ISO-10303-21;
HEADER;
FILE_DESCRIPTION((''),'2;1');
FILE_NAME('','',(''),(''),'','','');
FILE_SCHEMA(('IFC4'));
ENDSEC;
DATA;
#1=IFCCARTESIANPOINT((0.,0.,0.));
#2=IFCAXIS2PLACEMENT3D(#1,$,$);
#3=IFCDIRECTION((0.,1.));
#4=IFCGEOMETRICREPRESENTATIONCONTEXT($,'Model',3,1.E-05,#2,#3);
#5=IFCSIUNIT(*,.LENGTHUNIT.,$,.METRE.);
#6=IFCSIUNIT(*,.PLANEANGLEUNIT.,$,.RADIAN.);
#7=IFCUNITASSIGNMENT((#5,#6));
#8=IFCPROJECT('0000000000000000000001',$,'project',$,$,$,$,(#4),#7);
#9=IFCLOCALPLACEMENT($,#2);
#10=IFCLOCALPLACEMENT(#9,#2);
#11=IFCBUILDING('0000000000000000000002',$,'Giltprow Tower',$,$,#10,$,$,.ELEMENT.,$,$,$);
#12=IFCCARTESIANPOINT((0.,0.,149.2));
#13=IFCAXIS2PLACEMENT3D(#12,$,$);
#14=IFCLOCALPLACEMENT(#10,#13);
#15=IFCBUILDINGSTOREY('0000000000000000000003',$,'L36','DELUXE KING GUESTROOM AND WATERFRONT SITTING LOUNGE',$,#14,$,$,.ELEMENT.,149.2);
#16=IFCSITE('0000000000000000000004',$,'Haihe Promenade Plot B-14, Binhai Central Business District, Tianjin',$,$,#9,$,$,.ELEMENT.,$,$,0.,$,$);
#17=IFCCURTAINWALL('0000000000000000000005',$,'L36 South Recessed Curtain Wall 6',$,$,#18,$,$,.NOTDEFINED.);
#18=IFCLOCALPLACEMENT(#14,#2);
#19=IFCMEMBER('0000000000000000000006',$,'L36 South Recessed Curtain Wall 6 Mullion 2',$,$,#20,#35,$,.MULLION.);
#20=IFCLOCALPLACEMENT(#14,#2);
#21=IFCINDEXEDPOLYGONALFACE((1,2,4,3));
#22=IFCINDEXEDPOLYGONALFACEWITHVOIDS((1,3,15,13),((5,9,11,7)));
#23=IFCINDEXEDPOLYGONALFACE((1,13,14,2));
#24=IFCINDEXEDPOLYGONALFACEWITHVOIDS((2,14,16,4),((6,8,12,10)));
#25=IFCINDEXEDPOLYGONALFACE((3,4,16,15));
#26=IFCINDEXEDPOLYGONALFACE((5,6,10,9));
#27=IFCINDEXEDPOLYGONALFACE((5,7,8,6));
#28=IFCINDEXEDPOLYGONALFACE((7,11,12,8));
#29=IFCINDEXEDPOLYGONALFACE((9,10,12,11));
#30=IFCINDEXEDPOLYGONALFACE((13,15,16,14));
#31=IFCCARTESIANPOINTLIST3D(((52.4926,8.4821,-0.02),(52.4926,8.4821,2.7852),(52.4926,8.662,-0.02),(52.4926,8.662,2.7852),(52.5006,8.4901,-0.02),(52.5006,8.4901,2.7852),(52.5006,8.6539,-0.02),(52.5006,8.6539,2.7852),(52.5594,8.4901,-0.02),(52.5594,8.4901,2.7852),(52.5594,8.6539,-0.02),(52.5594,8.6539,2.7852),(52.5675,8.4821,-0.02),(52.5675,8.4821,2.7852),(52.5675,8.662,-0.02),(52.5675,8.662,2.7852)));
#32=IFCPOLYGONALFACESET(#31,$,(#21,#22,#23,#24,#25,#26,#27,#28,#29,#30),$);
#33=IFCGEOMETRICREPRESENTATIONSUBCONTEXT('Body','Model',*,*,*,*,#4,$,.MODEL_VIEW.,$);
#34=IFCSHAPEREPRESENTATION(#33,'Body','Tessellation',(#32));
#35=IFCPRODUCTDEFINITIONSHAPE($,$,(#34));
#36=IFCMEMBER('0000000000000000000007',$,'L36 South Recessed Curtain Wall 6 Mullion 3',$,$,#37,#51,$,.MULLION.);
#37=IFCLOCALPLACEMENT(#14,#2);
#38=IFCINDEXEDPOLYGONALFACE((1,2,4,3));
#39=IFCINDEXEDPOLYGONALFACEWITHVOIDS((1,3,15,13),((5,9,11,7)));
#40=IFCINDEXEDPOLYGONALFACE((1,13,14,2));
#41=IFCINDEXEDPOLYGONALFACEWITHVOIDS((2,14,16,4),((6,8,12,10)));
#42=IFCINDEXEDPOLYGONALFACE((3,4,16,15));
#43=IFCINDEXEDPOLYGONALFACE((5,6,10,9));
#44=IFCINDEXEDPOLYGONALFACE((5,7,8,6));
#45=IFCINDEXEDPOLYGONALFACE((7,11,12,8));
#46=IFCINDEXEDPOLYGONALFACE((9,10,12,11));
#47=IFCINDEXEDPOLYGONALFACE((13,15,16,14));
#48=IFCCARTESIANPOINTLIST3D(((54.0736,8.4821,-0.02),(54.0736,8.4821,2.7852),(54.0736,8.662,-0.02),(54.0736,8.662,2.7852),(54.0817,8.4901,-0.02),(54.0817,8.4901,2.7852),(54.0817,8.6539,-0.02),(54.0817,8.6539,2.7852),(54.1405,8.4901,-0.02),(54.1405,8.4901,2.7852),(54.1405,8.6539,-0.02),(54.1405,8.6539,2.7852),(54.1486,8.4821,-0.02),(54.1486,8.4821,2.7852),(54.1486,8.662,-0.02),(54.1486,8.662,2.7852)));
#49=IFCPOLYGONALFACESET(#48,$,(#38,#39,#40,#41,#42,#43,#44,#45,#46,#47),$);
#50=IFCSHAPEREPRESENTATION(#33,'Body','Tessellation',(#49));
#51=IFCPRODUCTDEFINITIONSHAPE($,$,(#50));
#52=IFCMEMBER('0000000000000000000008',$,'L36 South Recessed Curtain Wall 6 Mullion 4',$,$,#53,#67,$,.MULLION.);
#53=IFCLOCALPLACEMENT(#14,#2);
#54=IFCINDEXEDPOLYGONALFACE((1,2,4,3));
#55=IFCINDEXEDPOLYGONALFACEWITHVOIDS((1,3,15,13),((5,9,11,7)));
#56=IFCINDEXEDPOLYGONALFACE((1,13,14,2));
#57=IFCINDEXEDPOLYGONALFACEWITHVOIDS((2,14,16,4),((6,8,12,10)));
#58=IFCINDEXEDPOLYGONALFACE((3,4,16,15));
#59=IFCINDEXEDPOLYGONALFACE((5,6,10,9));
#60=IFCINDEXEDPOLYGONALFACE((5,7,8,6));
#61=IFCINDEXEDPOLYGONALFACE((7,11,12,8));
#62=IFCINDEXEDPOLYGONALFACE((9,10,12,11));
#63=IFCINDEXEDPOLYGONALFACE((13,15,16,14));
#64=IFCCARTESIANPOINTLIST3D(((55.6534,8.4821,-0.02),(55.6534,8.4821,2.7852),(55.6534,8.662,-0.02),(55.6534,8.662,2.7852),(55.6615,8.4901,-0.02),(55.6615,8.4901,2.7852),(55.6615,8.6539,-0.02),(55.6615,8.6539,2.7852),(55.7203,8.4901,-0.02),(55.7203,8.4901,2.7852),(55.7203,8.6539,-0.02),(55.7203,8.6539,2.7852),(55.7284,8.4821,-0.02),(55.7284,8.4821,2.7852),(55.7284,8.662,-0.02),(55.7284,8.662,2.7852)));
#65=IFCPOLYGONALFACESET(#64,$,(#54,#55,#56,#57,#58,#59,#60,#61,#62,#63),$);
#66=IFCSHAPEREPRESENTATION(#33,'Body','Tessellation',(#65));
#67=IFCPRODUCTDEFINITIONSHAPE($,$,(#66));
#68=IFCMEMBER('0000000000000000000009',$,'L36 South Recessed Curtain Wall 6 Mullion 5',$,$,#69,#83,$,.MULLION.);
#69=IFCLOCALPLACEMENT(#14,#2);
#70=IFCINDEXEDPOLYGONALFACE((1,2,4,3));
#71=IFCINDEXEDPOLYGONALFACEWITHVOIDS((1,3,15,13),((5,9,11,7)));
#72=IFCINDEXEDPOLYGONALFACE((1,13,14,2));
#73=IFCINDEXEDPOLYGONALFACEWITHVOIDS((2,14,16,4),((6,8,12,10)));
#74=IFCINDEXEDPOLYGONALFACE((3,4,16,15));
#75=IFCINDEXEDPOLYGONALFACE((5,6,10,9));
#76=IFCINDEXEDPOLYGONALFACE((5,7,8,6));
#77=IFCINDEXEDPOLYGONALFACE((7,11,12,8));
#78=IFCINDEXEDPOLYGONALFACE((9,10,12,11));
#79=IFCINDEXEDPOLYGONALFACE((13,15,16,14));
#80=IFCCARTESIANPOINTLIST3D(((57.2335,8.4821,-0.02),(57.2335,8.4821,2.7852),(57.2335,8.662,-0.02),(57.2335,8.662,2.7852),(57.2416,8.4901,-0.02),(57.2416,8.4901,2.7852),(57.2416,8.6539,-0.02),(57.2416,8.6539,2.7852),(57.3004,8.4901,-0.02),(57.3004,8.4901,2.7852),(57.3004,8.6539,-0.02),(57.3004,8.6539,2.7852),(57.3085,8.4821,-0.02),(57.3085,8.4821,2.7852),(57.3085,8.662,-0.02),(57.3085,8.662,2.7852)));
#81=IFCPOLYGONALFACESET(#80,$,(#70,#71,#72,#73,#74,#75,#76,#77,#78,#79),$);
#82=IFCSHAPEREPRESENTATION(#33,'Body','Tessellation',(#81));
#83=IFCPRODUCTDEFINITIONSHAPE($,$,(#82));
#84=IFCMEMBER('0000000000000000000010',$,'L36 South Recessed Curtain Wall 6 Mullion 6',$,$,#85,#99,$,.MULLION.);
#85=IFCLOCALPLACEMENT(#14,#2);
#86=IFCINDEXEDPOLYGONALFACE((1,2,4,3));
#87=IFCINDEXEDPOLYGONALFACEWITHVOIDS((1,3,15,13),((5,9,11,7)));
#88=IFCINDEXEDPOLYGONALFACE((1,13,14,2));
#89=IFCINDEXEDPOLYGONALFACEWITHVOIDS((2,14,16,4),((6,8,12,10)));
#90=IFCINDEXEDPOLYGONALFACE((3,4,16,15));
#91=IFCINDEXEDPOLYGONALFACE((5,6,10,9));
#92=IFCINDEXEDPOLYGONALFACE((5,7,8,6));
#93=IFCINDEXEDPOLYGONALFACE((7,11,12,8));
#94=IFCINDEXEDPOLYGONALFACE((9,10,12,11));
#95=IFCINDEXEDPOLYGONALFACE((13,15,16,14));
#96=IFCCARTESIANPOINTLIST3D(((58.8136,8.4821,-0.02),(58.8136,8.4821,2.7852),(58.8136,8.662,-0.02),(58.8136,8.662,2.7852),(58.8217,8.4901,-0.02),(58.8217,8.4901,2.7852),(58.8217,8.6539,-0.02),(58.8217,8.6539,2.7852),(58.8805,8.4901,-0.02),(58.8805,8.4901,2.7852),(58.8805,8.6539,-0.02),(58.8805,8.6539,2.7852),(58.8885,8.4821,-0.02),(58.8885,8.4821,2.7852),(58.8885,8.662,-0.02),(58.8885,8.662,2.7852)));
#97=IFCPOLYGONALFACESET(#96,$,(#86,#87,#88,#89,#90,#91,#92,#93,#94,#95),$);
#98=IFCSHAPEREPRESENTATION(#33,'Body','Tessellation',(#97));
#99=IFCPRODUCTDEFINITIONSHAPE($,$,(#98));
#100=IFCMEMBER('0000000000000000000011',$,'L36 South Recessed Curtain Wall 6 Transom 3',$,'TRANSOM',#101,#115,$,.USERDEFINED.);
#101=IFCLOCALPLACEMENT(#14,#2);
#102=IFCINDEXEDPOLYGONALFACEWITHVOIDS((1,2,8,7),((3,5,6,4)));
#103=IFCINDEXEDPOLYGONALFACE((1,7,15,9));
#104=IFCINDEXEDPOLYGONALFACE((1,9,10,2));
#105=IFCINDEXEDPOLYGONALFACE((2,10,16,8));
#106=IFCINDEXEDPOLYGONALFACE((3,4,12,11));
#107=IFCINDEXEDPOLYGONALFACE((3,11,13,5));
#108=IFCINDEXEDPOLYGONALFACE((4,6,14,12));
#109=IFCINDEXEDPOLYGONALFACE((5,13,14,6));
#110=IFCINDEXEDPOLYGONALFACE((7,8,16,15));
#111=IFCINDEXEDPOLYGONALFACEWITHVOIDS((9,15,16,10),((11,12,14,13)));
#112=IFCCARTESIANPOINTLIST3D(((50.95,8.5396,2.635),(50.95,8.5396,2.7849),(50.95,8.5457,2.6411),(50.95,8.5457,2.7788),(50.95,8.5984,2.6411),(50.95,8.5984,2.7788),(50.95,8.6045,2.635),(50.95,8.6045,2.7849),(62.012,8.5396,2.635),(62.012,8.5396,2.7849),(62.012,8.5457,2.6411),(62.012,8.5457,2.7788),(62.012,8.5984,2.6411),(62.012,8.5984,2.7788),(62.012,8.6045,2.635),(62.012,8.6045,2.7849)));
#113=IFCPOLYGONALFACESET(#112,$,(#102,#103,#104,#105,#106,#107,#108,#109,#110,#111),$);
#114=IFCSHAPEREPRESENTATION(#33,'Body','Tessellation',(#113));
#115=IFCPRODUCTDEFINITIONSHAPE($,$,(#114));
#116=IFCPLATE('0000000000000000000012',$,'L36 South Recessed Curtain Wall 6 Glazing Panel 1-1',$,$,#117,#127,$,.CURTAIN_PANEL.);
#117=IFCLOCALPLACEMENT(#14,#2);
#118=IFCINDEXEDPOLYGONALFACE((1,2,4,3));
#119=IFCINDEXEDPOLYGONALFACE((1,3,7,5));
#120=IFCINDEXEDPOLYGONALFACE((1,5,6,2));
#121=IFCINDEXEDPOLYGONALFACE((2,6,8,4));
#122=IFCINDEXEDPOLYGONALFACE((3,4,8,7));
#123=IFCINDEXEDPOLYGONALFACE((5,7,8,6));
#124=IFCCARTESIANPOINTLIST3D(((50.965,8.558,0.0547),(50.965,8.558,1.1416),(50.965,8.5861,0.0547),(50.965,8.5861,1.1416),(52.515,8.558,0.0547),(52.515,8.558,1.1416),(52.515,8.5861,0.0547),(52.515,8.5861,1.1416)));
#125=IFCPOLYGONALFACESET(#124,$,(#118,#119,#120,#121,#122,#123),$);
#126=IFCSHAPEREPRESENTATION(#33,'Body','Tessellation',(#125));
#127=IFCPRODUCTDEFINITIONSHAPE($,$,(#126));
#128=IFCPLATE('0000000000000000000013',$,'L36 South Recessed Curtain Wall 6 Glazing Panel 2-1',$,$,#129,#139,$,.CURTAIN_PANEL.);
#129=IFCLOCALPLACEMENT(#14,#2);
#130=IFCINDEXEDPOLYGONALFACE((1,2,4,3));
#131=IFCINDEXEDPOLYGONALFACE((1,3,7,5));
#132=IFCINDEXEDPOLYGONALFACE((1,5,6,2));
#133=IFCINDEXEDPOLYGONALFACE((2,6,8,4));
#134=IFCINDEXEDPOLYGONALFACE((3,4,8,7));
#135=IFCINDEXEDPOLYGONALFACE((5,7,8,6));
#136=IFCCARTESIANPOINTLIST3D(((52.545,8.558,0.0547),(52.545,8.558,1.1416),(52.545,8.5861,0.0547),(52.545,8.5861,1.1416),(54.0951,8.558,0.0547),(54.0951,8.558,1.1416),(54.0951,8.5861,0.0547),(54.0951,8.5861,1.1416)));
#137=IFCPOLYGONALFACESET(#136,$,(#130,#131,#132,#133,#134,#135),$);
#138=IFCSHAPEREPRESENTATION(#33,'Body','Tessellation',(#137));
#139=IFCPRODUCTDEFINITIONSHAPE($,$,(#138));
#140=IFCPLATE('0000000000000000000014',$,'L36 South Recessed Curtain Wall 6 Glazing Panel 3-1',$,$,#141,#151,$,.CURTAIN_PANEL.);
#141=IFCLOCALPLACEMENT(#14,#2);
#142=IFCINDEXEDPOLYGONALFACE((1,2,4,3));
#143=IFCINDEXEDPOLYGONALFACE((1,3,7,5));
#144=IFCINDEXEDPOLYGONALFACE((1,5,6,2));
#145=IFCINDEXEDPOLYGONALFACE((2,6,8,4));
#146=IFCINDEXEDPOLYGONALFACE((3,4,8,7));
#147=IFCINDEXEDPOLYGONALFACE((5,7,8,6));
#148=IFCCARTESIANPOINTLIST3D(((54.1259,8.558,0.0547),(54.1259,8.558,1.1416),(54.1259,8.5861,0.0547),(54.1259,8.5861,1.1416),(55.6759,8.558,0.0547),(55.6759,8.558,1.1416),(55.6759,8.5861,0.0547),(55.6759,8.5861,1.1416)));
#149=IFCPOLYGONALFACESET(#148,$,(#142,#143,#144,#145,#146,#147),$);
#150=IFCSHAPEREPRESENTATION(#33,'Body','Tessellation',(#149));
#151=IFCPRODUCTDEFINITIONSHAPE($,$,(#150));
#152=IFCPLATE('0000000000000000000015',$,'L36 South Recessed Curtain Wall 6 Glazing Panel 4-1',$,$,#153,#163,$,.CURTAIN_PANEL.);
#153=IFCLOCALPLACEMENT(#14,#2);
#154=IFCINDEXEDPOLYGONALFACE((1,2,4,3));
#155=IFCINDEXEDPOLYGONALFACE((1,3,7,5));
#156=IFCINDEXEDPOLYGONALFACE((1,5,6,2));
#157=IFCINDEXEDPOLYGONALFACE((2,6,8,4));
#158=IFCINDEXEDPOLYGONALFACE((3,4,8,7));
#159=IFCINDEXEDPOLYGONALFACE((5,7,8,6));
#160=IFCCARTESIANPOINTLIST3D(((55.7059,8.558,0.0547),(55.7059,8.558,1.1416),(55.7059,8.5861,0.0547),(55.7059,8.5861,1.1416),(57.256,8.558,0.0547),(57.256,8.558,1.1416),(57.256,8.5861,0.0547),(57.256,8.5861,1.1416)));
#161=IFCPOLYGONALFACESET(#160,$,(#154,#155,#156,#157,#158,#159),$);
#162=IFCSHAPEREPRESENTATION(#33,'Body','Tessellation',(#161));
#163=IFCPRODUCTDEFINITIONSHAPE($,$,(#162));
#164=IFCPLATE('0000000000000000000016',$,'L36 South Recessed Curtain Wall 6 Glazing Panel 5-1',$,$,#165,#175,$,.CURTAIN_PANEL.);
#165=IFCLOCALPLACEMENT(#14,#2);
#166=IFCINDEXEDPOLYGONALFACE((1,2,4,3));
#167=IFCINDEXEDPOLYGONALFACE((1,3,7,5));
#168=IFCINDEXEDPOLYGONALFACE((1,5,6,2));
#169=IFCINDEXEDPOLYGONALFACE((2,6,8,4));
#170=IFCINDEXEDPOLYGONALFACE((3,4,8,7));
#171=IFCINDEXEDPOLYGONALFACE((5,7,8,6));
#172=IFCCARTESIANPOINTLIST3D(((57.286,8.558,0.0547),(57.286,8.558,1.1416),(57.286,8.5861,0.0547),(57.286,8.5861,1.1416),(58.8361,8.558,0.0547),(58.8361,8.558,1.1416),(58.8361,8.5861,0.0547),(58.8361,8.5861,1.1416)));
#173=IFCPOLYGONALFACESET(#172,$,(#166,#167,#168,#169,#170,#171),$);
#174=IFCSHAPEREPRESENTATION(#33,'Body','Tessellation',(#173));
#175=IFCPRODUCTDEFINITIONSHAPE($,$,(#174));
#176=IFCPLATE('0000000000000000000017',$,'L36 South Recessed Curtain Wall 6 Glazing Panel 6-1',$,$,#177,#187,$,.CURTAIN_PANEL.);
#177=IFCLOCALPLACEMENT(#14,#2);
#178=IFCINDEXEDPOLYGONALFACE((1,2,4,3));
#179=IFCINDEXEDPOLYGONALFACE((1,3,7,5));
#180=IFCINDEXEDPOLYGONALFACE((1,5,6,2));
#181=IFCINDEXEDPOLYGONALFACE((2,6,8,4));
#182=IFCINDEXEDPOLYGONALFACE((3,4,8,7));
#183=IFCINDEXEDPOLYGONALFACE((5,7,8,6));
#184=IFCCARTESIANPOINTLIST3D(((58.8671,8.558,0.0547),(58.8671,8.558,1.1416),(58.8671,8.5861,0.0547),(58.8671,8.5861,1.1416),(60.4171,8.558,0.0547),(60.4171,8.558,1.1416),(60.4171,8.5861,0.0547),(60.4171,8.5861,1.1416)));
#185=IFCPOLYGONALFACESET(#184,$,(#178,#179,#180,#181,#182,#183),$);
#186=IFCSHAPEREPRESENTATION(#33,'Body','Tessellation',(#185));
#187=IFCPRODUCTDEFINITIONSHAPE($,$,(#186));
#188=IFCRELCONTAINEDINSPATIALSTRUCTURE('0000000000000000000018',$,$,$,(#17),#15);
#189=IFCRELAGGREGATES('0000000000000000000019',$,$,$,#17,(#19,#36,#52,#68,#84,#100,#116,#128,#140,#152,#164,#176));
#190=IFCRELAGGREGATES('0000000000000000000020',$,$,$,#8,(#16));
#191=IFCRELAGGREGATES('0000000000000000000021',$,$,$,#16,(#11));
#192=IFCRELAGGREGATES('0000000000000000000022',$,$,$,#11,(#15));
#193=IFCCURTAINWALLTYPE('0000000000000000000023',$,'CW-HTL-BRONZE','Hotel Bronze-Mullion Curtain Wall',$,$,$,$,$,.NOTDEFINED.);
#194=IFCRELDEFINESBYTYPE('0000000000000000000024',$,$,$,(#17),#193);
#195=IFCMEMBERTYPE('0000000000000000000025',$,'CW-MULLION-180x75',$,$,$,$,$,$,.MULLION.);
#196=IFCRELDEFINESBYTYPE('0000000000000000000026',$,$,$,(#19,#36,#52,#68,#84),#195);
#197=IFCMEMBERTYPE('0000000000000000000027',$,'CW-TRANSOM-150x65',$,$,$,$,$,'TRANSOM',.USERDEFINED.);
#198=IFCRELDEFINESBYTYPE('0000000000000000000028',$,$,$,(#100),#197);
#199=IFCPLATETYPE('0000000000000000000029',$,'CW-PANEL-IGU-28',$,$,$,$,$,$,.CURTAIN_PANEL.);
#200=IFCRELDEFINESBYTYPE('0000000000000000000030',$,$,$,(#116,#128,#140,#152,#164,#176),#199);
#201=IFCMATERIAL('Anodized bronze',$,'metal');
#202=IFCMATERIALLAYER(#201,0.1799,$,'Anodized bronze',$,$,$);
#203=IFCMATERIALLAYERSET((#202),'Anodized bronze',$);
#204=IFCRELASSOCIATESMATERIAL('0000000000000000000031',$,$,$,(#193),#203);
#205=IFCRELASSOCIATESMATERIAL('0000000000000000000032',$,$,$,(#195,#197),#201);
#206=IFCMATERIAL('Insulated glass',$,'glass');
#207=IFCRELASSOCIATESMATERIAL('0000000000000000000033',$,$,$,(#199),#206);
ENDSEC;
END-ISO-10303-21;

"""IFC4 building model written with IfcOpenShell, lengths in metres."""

from ifc_helpers import new_model, si_unit, direction, frame, origin, origin_2d, place, context, subcontext, project, spatial, rectangle, hollow_rectangle, extrude, source, transform, mapped, material, layer, layer_set, material_profile, profile_set, type_object, element, aggregate, save


model = new_model("IFC4")

# Units and contexts
model_context = context("Model", 3, precision=1e-05, world=origin(), true_north=direction((0.0, 1.0)))
body_context = subcontext(model_context, "Body", "Model", "MODEL_VIEW")
ifc_project = project(units=[si_unit("LENGTHUNIT", "METRE"), si_unit("PLANEANGLEUNIT", "RADIAN")], contexts=[model_context])

# Site, building, storey
site_placement = place(None, origin())
site = spatial("IfcSite", under=ifc_project, at=site_placement, Name="Haihe Promenade Plot B-14, Binhai Central Business District, Tianjin", CompositionType="ELEMENT", RefElevation=0.0)
building_placement = place(site_placement, origin())
building = spatial("IfcBuilding", under=site, at=building_placement, Name="Giltprow Tower", CompositionType="ELEMENT")
storey_placement = place(building_placement, frame((0.0, 0.0, 149.2)))
storey = spatial("IfcBuildingStorey", under=building, at=storey_placement, Name="L36", Description="DELUXE KING GUESTROOM AND WATERFRONT SITTING LOUNGE", CompositionType="ELEMENT", Elevation=149.2)

# Curtain wall, members, plates
ifc_material_1 = material(Name="Anodized bronze", Category="metal")
ifc_layer = layer(ifc_material_1, 0.1799, Name="Anodized bronze")
ifc_layer_set = layer_set([ifc_layer], Name="Anodized bronze")
curtain_wall_type = type_object("IfcCurtainWallType", Name="CW-HTL-BRONZE", Description="Hotel Bronze-Mullion Curtain Wall", PredefinedType="NOTDEFINED", material=ifc_layer_set)
curtain_wall_placement = place(storey_placement, origin())
curtain_wall = element("IfcCurtainWall", 1, at=curtain_wall_placement, inside=storey, type_object=curtain_wall_type, Name="L36 South Recessed Curtain Wall 6", PredefinedType="NOTDEFINED")
ifc_material_profile_1 = material_profile(ifc_material_1, hollow_rectangle(XDim=0.075, YDim=0.1799, WallThickness=0.0081, at=origin_2d()), Name="RHS 180x75x8")
ifc_profile_set_1 = profile_set([ifc_material_profile_1], Name="Anodized bronze")
member_type_1 = type_object("IfcMemberType", Name="CW-MULLION-180x75", PredefinedType="MULLION", material=ifc_profile_set_1)
shared_shape_1 = source(origin(), body_context, "Body", "SweptSolid", [
    extrude(hollow_rectangle(XDim=0.075, YDim=0.1799, WallThickness=0.0081, at=origin_2d()), origin(), (0.0, 0.0, 1.0), 2.8052),
])
member_1_placement = place(storey_placement, frame((52.53, 8.572, -0.02), z_axis=(0.0, 0.0, 1.0), x_axis=(1.0, 0.0, 0.0)))
member_1 = element("IfcMember", 2, at=member_1_placement, type_object=member_type_1, Name="L36 South Recessed Curtain Wall 6 Mullion 2", PredefinedType="MULLION", context=body_context, shape_type="MappedRepresentation", body=[
    mapped(shared_shape_1, transform((0.0, 0.0, 0.0), x_axis=(1.0, 0.0, 0.0), y_axis=(0.0, 1.0, 0.0), z_axis=(0.0, 0.0, 1.0), scale=1.0)),
])
member_2_placement = place(storey_placement, frame((54.1111, 8.572, -0.02), z_axis=(0.0, 0.0, 1.0), x_axis=(1.0, 0.0, 0.0)))
member_2 = element("IfcMember", 3, at=member_2_placement, type_object=member_type_1, Name="L36 South Recessed Curtain Wall 6 Mullion 3", PredefinedType="MULLION", context=body_context, shape_type="MappedRepresentation", body=[
    mapped(shared_shape_1, transform((0.0, 0.0, 0.0), x_axis=(1.0, 0.0, 0.0), y_axis=(0.0, 1.0, 0.0), z_axis=(0.0, 0.0, 1.0), scale=1.0)),
])
member_3_placement = place(storey_placement, frame((55.6909, 8.572, -0.02), z_axis=(0.0, 0.0, 1.0), x_axis=(1.0, 0.0, 0.0)))
member_3 = element("IfcMember", 4, at=member_3_placement, type_object=member_type_1, Name="L36 South Recessed Curtain Wall 6 Mullion 4", PredefinedType="MULLION", context=body_context, shape_type="MappedRepresentation", body=[
    mapped(shared_shape_1, transform((0.0, 0.0, 0.0), x_axis=(1.0, 0.0, 0.0), y_axis=(0.0, 1.0, 0.0), z_axis=(0.0, 0.0, 1.0), scale=1.0)),
])
member_4_placement = place(storey_placement, frame((57.271, 8.572, -0.02), z_axis=(0.0, 0.0, 1.0), x_axis=(1.0, 0.0, 0.0)))
member_4 = element("IfcMember", 5, at=member_4_placement, type_object=member_type_1, Name="L36 South Recessed Curtain Wall 6 Mullion 5", PredefinedType="MULLION", context=body_context, shape_type="MappedRepresentation", body=[
    mapped(shared_shape_1, transform((0.0, 0.0, 0.0), x_axis=(1.0, 0.0, 0.0), y_axis=(0.0, 1.0, 0.0), z_axis=(0.0, 0.0, 1.0), scale=1.0)),
])
member_5_placement = place(storey_placement, frame((58.8511, 8.572, -0.02), z_axis=(0.0, 0.0, 1.0), x_axis=(1.0, 0.0, 0.0)))
member_5 = element("IfcMember", 6, at=member_5_placement, type_object=member_type_1, Name="L36 South Recessed Curtain Wall 6 Mullion 6", PredefinedType="MULLION", context=body_context, shape_type="MappedRepresentation", body=[
    mapped(shared_shape_1, transform((0.0, 0.0, 0.0), x_axis=(1.0, 0.0, 0.0), y_axis=(0.0, 1.0, 0.0), z_axis=(0.0, 0.0, 1.0), scale=1.0)),
])
ifc_material_profile_2 = material_profile(ifc_material_1, hollow_rectangle(XDim=0.0649, YDim=0.1499, WallThickness=0.0061, at=origin_2d()), Name="RHS 150x65x6")
ifc_profile_set_2 = profile_set([ifc_material_profile_2], Name="Anodized bronze")
member_type_2 = type_object("IfcMemberType", Name="CW-TRANSOM-150x65", ElementType="TRANSOM", PredefinedType="USERDEFINED", material=ifc_profile_set_2)
shared_shape_2 = source(origin(), body_context, "Body", "SweptSolid", [
    extrude(hollow_rectangle(XDim=0.0649, YDim=0.1499, WallThickness=0.0061, at=origin_2d()), origin(), (0.0, 0.0, 1.0), 11.062),
])
member_6_placement = place(storey_placement, frame((50.95, 8.572, 2.71), z_axis=(1.0, 0.0, 0.0), x_axis=(0.0, 1.0, 0.0)))
member_6 = element("IfcMember", 7, at=member_6_placement, type_object=member_type_2, Name="L36 South Recessed Curtain Wall 6 Transom 3", ObjectType="TRANSOM", PredefinedType="USERDEFINED", context=body_context, shape_type="MappedRepresentation", body=[
    mapped(shared_shape_2, transform((0.0, 0.0, 0.0), x_axis=(1.0, 0.0, 0.0), y_axis=(0.0, 1.0, 0.0), z_axis=(0.0, 0.0, 1.0), scale=1.0)),
])
ifc_material_2 = material(Name="Insulated glass", Category="glass")
plate_type = type_object("IfcPlateType", Name="CW-PANEL-IGU-28", PredefinedType="CURTAIN_PANEL", material=ifc_material_2)
shared_shape_3 = source(origin(), body_context, "Body", "SweptSolid", [
    extrude(rectangle(XDim=1.55, YDim=0.0281, at=origin_2d()), origin(), (0.0, 0.0, 1.0), 1.0869),
])
plate_1_placement = place(storey_placement, frame((51.74, 8.572, 0.0547), z_axis=(0.0, 0.0, 1.0), x_axis=(1.0, 0.0, 0.0)))
plate_1 = element("IfcPlate", 8, at=plate_1_placement, type_object=plate_type, Name="L36 South Recessed Curtain Wall 6 Glazing Panel 1-1", PredefinedType="CURTAIN_PANEL", context=body_context, shape_type="MappedRepresentation", body=[
    mapped(shared_shape_3, transform((0.0, 0.0, 0.0), x_axis=(1.0, 0.0, 0.0), y_axis=(0.0, 1.0, 0.0), z_axis=(0.0, 0.0, 1.0), scale=1.0)),
])
plate_2_placement = place(storey_placement, frame((53.3201, 8.572, 0.0547), z_axis=(0.0, 0.0, 1.0), x_axis=(1.0, 0.0, 0.0)))
plate_2 = element("IfcPlate", 9, at=plate_2_placement, type_object=plate_type, Name="L36 South Recessed Curtain Wall 6 Glazing Panel 2-1", PredefinedType="CURTAIN_PANEL", context=body_context, shape_type="MappedRepresentation", body=[
    mapped(shared_shape_3, transform((0.0, 0.0, 0.0), x_axis=(1.0, 0.0, 0.0), y_axis=(0.0, 1.0, 0.0), z_axis=(0.0, 0.0, 1.0), scale=1.0)),
])
plate_3_placement = place(storey_placement, frame((54.9009, 8.572, 0.0547), z_axis=(0.0, 0.0, 1.0), x_axis=(1.0, 0.0, 0.0)))
plate_3 = element("IfcPlate", 10, at=plate_3_placement, type_object=plate_type, Name="L36 South Recessed Curtain Wall 6 Glazing Panel 3-1", PredefinedType="CURTAIN_PANEL", context=body_context, shape_type="MappedRepresentation", body=[
    mapped(shared_shape_3, transform((0.0, 0.0, 0.0), x_axis=(1.0, 0.0, 0.0), y_axis=(0.0, 1.0, 0.0), z_axis=(0.0, 0.0, 1.0), scale=1.0)),
])
plate_4_placement = place(storey_placement, frame((56.481, 8.572, 0.0547), z_axis=(0.0, 0.0, 1.0), x_axis=(1.0, 0.0, 0.0)))
plate_4 = element("IfcPlate", 11, at=plate_4_placement, type_object=plate_type, Name="L36 South Recessed Curtain Wall 6 Glazing Panel 4-1", PredefinedType="CURTAIN_PANEL", context=body_context, shape_type="MappedRepresentation", body=[
    mapped(shared_shape_3, transform((0.0, 0.0, 0.0), x_axis=(1.0, 0.0, 0.0), y_axis=(0.0, 1.0, 0.0), z_axis=(0.0, 0.0, 1.0), scale=1.0)),
])
plate_5_placement = place(storey_placement, frame((58.061, 8.572, 0.0547), z_axis=(0.0, 0.0, 1.0), x_axis=(1.0, 0.0, 0.0)))
plate_5 = element("IfcPlate", 12, at=plate_5_placement, type_object=plate_type, Name="L36 South Recessed Curtain Wall 6 Glazing Panel 5-1", PredefinedType="CURTAIN_PANEL", context=body_context, shape_type="MappedRepresentation", body=[
    mapped(shared_shape_3, transform((0.0, 0.0, 0.0), x_axis=(1.0, 0.0, 0.0), y_axis=(0.0, 1.0, 0.0), z_axis=(0.0, 0.0, 1.0), scale=1.0)),
])
plate_6_placement = place(storey_placement, frame((59.6421, 8.572, 0.0547), z_axis=(0.0, 0.0, 1.0), x_axis=(1.0, 0.0, 0.0)))
plate_6 = element("IfcPlate", 13, at=plate_6_placement, type_object=plate_type, Name="L36 South Recessed Curtain Wall 6 Glazing Panel 6-1", PredefinedType="CURTAIN_PANEL", context=body_context, shape_type="MappedRepresentation", body=[
    mapped(shared_shape_3, transform((0.0, 0.0, 0.0), x_axis=(1.0, 0.0, 0.0), y_axis=(0.0, 1.0, 0.0), z_axis=(0.0, 0.0, 1.0), scale=1.0)),
])
aggregate(curtain_wall, [member_1, member_2, member_3, member_4, member_5, member_6, plate_1, plate_2, plate_3, plate_4, plate_5, plate_6])

save(model, "model.ifc")
